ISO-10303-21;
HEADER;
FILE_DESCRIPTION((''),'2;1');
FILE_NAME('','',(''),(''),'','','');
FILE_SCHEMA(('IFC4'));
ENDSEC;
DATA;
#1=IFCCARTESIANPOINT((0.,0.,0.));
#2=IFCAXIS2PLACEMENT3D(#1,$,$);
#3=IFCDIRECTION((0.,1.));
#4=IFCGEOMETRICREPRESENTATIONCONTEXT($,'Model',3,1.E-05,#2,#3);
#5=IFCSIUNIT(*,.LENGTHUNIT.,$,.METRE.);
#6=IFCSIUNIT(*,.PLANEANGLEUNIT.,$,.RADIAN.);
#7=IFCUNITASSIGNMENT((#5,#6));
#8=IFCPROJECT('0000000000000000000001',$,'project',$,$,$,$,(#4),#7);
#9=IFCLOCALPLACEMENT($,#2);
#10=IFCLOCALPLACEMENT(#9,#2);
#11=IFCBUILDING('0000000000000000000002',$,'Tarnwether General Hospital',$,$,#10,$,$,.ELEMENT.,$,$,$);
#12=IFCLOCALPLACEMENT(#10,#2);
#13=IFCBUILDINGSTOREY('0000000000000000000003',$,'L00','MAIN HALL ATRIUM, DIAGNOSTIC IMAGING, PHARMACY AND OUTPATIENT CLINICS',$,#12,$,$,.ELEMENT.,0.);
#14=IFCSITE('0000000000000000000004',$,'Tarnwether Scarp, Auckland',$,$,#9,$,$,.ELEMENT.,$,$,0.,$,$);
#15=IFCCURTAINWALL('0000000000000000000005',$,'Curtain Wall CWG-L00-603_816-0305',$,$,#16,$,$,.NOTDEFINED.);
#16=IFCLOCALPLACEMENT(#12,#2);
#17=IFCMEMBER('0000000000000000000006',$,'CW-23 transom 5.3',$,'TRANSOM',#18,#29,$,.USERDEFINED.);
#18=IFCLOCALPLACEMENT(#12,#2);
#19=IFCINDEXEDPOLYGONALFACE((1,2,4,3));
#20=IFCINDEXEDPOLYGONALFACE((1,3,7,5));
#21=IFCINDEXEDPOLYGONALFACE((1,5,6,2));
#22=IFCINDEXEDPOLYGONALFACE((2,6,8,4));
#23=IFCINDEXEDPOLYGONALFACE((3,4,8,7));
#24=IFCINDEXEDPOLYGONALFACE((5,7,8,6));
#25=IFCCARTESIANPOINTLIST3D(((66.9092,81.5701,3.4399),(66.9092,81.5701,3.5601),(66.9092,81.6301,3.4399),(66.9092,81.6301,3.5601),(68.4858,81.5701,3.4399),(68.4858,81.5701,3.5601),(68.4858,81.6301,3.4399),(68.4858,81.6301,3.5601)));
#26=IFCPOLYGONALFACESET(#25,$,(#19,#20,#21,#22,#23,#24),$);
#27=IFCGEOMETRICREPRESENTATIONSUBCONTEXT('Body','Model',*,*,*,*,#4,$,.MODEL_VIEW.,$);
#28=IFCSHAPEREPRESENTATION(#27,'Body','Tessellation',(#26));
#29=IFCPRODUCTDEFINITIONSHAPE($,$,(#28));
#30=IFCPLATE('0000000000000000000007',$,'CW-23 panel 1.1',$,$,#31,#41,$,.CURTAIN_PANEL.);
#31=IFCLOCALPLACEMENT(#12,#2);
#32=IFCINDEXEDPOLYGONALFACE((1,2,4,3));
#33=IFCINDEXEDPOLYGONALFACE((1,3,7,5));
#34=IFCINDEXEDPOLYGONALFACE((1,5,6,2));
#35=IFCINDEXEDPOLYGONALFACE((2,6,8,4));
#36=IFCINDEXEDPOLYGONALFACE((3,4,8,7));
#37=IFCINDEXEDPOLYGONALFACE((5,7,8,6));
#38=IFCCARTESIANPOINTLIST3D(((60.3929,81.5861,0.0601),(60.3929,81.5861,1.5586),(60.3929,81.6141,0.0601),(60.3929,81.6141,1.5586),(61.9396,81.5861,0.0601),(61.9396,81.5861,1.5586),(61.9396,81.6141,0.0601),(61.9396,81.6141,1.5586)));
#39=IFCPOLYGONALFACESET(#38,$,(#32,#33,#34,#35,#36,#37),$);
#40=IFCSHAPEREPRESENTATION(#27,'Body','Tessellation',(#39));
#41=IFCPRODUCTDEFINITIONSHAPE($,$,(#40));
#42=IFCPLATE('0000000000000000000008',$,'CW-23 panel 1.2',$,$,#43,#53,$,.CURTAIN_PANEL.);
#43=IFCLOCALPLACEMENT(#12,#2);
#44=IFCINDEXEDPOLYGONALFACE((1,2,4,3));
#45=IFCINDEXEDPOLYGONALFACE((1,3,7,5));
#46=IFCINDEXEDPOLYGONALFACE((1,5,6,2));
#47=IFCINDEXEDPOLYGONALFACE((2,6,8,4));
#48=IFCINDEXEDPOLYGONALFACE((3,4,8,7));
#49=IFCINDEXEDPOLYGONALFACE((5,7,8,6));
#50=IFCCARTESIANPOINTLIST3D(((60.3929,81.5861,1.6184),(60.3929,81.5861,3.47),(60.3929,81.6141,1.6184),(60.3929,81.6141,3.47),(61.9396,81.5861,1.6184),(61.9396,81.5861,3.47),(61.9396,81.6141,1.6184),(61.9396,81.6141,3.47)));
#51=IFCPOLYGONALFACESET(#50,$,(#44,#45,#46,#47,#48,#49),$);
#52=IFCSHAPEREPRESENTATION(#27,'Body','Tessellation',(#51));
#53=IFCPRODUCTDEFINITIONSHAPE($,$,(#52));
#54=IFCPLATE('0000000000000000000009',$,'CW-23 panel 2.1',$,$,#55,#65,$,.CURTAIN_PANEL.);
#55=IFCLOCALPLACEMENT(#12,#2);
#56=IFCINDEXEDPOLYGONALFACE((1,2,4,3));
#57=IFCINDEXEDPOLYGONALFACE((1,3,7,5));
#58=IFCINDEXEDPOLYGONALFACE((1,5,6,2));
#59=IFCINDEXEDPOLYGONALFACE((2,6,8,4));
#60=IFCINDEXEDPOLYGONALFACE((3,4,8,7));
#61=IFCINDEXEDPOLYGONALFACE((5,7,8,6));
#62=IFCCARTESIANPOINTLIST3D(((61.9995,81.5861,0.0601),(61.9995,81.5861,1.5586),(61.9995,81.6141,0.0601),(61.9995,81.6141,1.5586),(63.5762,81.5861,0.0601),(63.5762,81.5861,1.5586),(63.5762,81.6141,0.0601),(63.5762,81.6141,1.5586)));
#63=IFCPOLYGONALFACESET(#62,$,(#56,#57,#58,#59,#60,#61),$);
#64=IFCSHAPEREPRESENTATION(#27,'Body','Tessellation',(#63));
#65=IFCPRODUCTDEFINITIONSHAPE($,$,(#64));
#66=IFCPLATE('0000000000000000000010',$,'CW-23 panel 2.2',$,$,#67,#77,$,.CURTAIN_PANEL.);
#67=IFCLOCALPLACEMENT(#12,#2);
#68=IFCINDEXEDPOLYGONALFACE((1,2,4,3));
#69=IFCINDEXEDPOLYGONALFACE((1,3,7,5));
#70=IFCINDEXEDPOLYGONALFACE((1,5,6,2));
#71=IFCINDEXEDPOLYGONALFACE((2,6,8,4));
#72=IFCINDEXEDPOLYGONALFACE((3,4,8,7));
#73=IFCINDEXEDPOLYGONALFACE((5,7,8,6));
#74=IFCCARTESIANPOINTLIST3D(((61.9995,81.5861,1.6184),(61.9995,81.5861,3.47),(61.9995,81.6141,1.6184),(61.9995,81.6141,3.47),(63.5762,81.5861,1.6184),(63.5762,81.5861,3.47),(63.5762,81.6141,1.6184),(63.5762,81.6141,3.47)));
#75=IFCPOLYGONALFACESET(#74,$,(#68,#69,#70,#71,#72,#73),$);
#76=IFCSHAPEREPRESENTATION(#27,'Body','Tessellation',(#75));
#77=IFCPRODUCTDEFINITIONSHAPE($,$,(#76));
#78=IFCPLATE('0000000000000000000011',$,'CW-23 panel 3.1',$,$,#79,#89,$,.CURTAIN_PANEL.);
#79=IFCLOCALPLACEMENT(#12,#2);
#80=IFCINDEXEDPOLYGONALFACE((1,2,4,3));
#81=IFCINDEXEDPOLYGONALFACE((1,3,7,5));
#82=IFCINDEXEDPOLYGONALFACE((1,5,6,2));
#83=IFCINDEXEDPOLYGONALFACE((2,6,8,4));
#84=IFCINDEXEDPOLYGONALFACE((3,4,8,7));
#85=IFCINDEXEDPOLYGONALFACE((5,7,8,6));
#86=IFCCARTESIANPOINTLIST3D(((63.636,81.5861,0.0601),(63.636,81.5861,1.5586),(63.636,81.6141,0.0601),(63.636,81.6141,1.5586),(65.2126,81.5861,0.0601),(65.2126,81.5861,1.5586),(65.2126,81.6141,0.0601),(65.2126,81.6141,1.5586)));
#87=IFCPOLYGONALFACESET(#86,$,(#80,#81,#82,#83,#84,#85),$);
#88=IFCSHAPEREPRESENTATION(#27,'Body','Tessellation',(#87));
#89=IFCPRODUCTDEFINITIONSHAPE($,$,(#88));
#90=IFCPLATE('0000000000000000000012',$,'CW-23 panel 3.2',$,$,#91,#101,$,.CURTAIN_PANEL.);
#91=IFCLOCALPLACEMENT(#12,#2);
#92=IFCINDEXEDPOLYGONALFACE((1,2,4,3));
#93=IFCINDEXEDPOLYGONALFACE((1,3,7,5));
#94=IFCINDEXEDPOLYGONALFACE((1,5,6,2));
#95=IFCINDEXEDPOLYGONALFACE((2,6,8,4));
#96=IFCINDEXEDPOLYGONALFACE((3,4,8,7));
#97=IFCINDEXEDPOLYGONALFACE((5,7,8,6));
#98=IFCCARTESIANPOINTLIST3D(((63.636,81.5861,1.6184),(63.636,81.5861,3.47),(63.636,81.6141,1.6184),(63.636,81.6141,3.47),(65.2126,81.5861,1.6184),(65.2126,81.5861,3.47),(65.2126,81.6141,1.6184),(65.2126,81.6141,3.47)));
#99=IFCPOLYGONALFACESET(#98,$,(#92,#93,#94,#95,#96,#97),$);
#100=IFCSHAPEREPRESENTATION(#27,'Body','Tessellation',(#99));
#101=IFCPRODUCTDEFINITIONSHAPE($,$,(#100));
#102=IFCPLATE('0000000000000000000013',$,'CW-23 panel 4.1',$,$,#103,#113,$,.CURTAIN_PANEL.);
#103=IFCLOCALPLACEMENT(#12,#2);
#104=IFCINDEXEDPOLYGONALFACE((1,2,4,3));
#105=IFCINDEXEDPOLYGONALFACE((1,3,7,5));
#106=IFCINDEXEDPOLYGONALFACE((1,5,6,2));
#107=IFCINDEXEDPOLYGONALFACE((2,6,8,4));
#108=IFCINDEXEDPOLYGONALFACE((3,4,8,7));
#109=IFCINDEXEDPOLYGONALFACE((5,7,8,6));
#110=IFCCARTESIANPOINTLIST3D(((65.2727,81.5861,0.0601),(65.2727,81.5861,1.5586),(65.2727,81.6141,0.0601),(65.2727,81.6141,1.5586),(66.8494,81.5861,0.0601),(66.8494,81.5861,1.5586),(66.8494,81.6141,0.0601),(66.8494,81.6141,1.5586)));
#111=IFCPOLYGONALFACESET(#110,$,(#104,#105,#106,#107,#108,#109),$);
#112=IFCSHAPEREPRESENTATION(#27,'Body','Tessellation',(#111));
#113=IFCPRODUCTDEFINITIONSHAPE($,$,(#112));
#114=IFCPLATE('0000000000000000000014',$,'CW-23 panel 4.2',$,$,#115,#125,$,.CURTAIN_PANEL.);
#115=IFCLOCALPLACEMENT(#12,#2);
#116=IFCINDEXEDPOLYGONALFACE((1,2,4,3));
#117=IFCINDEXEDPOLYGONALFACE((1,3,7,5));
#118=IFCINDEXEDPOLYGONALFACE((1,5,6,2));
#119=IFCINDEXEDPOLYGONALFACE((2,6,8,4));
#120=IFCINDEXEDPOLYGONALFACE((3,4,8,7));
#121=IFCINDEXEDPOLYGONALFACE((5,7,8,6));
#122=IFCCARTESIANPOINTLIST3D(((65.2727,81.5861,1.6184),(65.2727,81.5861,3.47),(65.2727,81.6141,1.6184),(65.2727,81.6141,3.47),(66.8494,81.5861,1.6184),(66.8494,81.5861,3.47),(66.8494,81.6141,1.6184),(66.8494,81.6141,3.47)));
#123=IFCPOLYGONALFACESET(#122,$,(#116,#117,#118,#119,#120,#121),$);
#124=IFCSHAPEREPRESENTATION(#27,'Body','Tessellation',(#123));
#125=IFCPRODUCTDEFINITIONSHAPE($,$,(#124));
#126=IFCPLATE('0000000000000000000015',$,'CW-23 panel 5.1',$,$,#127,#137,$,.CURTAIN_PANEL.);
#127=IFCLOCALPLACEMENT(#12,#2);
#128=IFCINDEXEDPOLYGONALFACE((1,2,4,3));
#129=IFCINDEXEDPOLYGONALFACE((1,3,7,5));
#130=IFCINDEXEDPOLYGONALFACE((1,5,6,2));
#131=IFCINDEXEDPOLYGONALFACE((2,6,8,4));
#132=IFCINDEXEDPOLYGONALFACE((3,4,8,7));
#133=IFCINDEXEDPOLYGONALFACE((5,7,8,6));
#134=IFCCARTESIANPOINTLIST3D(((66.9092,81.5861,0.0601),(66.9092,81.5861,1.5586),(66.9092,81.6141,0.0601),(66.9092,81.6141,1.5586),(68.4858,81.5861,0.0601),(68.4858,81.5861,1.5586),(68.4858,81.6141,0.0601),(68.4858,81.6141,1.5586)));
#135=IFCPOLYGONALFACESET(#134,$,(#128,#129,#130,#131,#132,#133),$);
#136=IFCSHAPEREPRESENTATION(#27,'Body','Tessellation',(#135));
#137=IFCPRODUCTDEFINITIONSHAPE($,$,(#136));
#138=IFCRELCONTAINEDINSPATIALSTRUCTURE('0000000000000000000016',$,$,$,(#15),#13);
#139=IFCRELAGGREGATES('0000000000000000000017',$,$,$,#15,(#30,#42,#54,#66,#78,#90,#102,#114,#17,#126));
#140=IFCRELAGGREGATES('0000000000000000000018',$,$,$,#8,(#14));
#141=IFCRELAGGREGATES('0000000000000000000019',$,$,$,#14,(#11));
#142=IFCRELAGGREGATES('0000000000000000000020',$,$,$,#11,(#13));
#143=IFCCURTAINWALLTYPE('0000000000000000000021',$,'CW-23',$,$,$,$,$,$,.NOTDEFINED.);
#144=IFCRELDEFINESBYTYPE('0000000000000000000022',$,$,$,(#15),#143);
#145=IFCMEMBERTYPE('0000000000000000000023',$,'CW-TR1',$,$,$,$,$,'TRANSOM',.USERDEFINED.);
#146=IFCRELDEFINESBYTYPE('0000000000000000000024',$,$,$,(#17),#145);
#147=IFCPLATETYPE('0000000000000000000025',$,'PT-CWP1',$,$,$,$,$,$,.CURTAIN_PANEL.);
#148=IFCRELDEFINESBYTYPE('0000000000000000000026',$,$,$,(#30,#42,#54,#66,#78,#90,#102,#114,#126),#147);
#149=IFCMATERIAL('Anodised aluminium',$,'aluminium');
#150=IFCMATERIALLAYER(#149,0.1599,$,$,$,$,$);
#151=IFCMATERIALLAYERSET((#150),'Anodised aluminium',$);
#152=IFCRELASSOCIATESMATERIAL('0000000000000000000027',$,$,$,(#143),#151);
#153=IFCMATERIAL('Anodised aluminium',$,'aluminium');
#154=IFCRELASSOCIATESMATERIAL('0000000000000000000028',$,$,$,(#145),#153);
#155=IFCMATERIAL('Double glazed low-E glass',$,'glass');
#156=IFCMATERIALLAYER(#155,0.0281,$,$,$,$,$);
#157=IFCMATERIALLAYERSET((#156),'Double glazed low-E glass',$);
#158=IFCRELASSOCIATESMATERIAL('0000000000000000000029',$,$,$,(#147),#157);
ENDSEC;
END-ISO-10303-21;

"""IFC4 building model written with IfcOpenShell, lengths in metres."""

from ifc_helpers import new_model, si_unit, direction, frame, origin, origin_2d, place, context, subcontext, project, spatial, rectangle, extrude, material, layer, layer_set, material_profile, profile_set, type_object, element, aggregate, save


model = new_model("IFC4")

# Units and contexts
model_context = context("Model", 3, precision=1e-05, world=origin(), true_north=direction((0.0, 1.0)))
body_context = subcontext(model_context, "Body", "Model", "MODEL_VIEW")
ifc_project = project(units=[si_unit("LENGTHUNIT", "METRE"), si_unit("PLANEANGLEUNIT", "RADIAN")], contexts=[model_context])

# Site, building, storey
site_placement = place(None, origin())
site = spatial("IfcSite", under=ifc_project, at=site_placement, Name="Tarnwether Scarp, Auckland", CompositionType="ELEMENT", RefElevation=0.0)
building_placement = place(site_placement, origin())
building = spatial("IfcBuilding", under=site, at=building_placement, Name="Tarnwether General Hospital", CompositionType="ELEMENT")
storey_placement = place(building_placement, origin())
storey = spatial("IfcBuildingStorey", under=building, at=storey_placement, Name="L00", Description="MAIN HALL ATRIUM, DIAGNOSTIC IMAGING, PHARMACY AND OUTPATIENT CLINICS", CompositionType="ELEMENT", Elevation=0.0)

# Curtain wall, member, plates
ifc_material_1 = material(Name="Anodised aluminium", Category="aluminium")
ifc_layer_1 = layer(ifc_material_1, 0.1599)
ifc_layer_set_1 = layer_set([ifc_layer_1], Name="Anodised aluminium")
curtain_wall_type = type_object("IfcCurtainWallType", Name="CW-23", PredefinedType="NOTDEFINED", material=ifc_layer_set_1)
curtain_wall_placement = place(storey_placement, origin())
curtain_wall = element("IfcCurtainWall", 1, at=curtain_wall_placement, inside=storey, type_object=curtain_wall_type, Name="Curtain Wall CWG-L00-603_816-0305", PredefinedType="NOTDEFINED")
ifc_material_2 = material(Name="Anodised aluminium", Category="aluminium")
ifc_material_profile_1 = material_profile(ifc_material_2, rectangle(XDim=0.0601, YDim=0.1201, at=origin_2d()), Name="ALU-TRN-60x120")
ifc_profile_set_1 = profile_set([ifc_material_profile_1], Name="Anodised aluminium")
member_type_1 = type_object("IfcMemberType", Name="CW-TR1", ElementType="TRANSOM", PredefinedType="USERDEFINED", material=ifc_profile_set_1)
member_1_placement = place(storey_placement, frame((66.9092, 81.6001, 3.5), z_axis=(1.0, 0.0, 0.0), x_axis=(0.0, 1.0, 0.0)))
member_1 = element("IfcMember", 2, at=member_1_placement, type_object=member_type_1, Name="CW-23 transom 5.3", ObjectType="TRANSOM", PredefinedType="USERDEFINED", context=body_context, shape_type="SweptSolid", body=[
    extrude(rectangle(XDim=0.0601, YDim=0.1201, at=origin_2d()), origin(), (0.0, 0.0, 1.0), 1.5767),
])
ifc_material_3 = material(Name="Double glazed low-E glass", Category="glass")
ifc_layer_2 = layer(ifc_material_3, 0.0281)
ifc_layer_set_2 = layer_set([ifc_layer_2], Name="Double glazed low-E glass")
plate_type = type_object("IfcPlateType", Name="PT-CWP1", PredefinedType="CURTAIN_PANEL", material=ifc_layer_set_2)
plate_1_placement = place(storey_placement, frame((61.1663, 81.6001, 0.0601), z_axis=(0.0, 0.0, 1.0), x_axis=(1.0, 0.0, 0.0)))
plate_1 = element("IfcPlate", 3, at=plate_1_placement, type_object=plate_type, Name="CW-23 panel 1.1", PredefinedType="CURTAIN_PANEL", context=body_context, shape_type="SweptSolid", body=[
    extrude(rectangle(XDim=1.5466, YDim=0.0281, at=origin_2d()), origin(), (0.0, 0.0, 1.0), 1.4985),
])
plate_2_placement = place(storey_placement, frame((61.1663, 81.6001, 1.6184), z_axis=(0.0, 0.0, 1.0), x_axis=(1.0, 0.0, 0.0)))
plate_2 = element("IfcPlate", 4, at=plate_2_placement, type_object=plate_type, Name="CW-23 panel 1.2", PredefinedType="CURTAIN_PANEL", context=body_context, shape_type="SweptSolid", body=[
    extrude(rectangle(XDim=1.5466, YDim=0.0281, at=origin_2d()), origin(), (0.0, 0.0, 1.0), 1.8516),
])
plate_3_placement = place(storey_placement, frame((62.7878, 81.6001, 0.0601), z_axis=(0.0, 0.0, 1.0), x_axis=(1.0, 0.0, 0.0)))
plate_3 = element("IfcPlate", 5, at=plate_3_placement, type_object=plate_type, Name="CW-23 panel 2.1", PredefinedType="CURTAIN_PANEL", context=body_context, shape_type="SweptSolid", body=[
    extrude(rectangle(XDim=1.5767, YDim=0.0281, at=origin_2d()), origin(), (0.0, 0.0, 1.0), 1.4985),
])
plate_4_placement = place(storey_placement, frame((62.7878, 81.6001, 1.6184), z_axis=(0.0, 0.0, 1.0), x_axis=(1.0, 0.0, 0.0)))
plate_4 = element("IfcPlate", 6, at=plate_4_placement, type_object=plate_type, Name="CW-23 panel 2.2", PredefinedType="CURTAIN_PANEL", context=body_context, shape_type="SweptSolid", body=[
    extrude(rectangle(XDim=1.5767, YDim=0.0281, at=origin_2d()), origin(), (0.0, 0.0, 1.0), 1.8516),
])
plate_5_placement = place(storey_placement, frame((64.4243, 81.6001, 0.0601), z_axis=(0.0, 0.0, 1.0), x_axis=(1.0, 0.0, 0.0)))
plate_5 = element("IfcPlate", 7, at=plate_5_placement, type_object=plate_type, Name="CW-23 panel 3.1", PredefinedType="CURTAIN_PANEL", context=body_context, shape_type="SweptSolid", body=[
    extrude(rectangle(XDim=1.5767, YDim=0.0281, at=origin_2d()), origin(), (0.0, 0.0, 1.0), 1.4985),
])
plate_6_placement = place(storey_placement, frame((64.4243, 81.6001, 1.6184), z_axis=(0.0, 0.0, 1.0), x_axis=(1.0, 0.0, 0.0)))
plate_6 = element("IfcPlate", 8, at=plate_6_placement, type_object=plate_type, Name="CW-23 panel 3.2", PredefinedType="CURTAIN_PANEL", context=body_context, shape_type="SweptSolid", body=[
    extrude(rectangle(XDim=1.5767, YDim=0.0281, at=origin_2d()), origin(), (0.0, 0.0, 1.0), 1.8516),
])
plate_7_placement = place(storey_placement, frame((66.061, 81.6001, 0.0601), z_axis=(0.0, 0.0, 1.0), x_axis=(1.0, 0.0, 0.0)))
plate_7 = element("IfcPlate", 9, at=plate_7_placement, type_object=plate_type, Name="CW-23 panel 4.1", PredefinedType="CURTAIN_PANEL", context=body_context, shape_type="SweptSolid", body=[
    extrude(rectangle(XDim=1.5767, YDim=0.0281, at=origin_2d()), origin(), (0.0, 0.0, 1.0), 1.4985),
])
plate_8_placement = place(storey_placement, frame((66.061, 81.6001, 1.6184), z_axis=(0.0, 0.0, 1.0), x_axis=(1.0, 0.0, 0.0)))
plate_8 = element("IfcPlate", 10, at=plate_8_placement, type_object=plate_type, Name="CW-23 panel 4.2", PredefinedType="CURTAIN_PANEL", context=body_context, shape_type="SweptSolid", body=[
    extrude(rectangle(XDim=1.5767, YDim=0.0281, at=origin_2d()), origin(), (0.0, 0.0, 1.0), 1.8516),
])
plate_9_placement = place(storey_placement, frame((67.6975, 81.6001, 0.0601), z_axis=(0.0, 0.0, 1.0), x_axis=(1.0, 0.0, 0.0)))
plate_9 = element("IfcPlate", 11, at=plate_9_placement, type_object=plate_type, Name="CW-23 panel 5.1", PredefinedType="CURTAIN_PANEL", context=body_context, shape_type="SweptSolid", body=[
    extrude(rectangle(XDim=1.5767, YDim=0.0281, at=origin_2d()), origin(), (0.0, 0.0, 1.0), 1.4985),
])
aggregate(curtain_wall, [plate_1, plate_2, plate_3, plate_4, plate_5, plate_6, plate_7, plate_8, member_1, plate_9])

save(model, "model.ifc")
